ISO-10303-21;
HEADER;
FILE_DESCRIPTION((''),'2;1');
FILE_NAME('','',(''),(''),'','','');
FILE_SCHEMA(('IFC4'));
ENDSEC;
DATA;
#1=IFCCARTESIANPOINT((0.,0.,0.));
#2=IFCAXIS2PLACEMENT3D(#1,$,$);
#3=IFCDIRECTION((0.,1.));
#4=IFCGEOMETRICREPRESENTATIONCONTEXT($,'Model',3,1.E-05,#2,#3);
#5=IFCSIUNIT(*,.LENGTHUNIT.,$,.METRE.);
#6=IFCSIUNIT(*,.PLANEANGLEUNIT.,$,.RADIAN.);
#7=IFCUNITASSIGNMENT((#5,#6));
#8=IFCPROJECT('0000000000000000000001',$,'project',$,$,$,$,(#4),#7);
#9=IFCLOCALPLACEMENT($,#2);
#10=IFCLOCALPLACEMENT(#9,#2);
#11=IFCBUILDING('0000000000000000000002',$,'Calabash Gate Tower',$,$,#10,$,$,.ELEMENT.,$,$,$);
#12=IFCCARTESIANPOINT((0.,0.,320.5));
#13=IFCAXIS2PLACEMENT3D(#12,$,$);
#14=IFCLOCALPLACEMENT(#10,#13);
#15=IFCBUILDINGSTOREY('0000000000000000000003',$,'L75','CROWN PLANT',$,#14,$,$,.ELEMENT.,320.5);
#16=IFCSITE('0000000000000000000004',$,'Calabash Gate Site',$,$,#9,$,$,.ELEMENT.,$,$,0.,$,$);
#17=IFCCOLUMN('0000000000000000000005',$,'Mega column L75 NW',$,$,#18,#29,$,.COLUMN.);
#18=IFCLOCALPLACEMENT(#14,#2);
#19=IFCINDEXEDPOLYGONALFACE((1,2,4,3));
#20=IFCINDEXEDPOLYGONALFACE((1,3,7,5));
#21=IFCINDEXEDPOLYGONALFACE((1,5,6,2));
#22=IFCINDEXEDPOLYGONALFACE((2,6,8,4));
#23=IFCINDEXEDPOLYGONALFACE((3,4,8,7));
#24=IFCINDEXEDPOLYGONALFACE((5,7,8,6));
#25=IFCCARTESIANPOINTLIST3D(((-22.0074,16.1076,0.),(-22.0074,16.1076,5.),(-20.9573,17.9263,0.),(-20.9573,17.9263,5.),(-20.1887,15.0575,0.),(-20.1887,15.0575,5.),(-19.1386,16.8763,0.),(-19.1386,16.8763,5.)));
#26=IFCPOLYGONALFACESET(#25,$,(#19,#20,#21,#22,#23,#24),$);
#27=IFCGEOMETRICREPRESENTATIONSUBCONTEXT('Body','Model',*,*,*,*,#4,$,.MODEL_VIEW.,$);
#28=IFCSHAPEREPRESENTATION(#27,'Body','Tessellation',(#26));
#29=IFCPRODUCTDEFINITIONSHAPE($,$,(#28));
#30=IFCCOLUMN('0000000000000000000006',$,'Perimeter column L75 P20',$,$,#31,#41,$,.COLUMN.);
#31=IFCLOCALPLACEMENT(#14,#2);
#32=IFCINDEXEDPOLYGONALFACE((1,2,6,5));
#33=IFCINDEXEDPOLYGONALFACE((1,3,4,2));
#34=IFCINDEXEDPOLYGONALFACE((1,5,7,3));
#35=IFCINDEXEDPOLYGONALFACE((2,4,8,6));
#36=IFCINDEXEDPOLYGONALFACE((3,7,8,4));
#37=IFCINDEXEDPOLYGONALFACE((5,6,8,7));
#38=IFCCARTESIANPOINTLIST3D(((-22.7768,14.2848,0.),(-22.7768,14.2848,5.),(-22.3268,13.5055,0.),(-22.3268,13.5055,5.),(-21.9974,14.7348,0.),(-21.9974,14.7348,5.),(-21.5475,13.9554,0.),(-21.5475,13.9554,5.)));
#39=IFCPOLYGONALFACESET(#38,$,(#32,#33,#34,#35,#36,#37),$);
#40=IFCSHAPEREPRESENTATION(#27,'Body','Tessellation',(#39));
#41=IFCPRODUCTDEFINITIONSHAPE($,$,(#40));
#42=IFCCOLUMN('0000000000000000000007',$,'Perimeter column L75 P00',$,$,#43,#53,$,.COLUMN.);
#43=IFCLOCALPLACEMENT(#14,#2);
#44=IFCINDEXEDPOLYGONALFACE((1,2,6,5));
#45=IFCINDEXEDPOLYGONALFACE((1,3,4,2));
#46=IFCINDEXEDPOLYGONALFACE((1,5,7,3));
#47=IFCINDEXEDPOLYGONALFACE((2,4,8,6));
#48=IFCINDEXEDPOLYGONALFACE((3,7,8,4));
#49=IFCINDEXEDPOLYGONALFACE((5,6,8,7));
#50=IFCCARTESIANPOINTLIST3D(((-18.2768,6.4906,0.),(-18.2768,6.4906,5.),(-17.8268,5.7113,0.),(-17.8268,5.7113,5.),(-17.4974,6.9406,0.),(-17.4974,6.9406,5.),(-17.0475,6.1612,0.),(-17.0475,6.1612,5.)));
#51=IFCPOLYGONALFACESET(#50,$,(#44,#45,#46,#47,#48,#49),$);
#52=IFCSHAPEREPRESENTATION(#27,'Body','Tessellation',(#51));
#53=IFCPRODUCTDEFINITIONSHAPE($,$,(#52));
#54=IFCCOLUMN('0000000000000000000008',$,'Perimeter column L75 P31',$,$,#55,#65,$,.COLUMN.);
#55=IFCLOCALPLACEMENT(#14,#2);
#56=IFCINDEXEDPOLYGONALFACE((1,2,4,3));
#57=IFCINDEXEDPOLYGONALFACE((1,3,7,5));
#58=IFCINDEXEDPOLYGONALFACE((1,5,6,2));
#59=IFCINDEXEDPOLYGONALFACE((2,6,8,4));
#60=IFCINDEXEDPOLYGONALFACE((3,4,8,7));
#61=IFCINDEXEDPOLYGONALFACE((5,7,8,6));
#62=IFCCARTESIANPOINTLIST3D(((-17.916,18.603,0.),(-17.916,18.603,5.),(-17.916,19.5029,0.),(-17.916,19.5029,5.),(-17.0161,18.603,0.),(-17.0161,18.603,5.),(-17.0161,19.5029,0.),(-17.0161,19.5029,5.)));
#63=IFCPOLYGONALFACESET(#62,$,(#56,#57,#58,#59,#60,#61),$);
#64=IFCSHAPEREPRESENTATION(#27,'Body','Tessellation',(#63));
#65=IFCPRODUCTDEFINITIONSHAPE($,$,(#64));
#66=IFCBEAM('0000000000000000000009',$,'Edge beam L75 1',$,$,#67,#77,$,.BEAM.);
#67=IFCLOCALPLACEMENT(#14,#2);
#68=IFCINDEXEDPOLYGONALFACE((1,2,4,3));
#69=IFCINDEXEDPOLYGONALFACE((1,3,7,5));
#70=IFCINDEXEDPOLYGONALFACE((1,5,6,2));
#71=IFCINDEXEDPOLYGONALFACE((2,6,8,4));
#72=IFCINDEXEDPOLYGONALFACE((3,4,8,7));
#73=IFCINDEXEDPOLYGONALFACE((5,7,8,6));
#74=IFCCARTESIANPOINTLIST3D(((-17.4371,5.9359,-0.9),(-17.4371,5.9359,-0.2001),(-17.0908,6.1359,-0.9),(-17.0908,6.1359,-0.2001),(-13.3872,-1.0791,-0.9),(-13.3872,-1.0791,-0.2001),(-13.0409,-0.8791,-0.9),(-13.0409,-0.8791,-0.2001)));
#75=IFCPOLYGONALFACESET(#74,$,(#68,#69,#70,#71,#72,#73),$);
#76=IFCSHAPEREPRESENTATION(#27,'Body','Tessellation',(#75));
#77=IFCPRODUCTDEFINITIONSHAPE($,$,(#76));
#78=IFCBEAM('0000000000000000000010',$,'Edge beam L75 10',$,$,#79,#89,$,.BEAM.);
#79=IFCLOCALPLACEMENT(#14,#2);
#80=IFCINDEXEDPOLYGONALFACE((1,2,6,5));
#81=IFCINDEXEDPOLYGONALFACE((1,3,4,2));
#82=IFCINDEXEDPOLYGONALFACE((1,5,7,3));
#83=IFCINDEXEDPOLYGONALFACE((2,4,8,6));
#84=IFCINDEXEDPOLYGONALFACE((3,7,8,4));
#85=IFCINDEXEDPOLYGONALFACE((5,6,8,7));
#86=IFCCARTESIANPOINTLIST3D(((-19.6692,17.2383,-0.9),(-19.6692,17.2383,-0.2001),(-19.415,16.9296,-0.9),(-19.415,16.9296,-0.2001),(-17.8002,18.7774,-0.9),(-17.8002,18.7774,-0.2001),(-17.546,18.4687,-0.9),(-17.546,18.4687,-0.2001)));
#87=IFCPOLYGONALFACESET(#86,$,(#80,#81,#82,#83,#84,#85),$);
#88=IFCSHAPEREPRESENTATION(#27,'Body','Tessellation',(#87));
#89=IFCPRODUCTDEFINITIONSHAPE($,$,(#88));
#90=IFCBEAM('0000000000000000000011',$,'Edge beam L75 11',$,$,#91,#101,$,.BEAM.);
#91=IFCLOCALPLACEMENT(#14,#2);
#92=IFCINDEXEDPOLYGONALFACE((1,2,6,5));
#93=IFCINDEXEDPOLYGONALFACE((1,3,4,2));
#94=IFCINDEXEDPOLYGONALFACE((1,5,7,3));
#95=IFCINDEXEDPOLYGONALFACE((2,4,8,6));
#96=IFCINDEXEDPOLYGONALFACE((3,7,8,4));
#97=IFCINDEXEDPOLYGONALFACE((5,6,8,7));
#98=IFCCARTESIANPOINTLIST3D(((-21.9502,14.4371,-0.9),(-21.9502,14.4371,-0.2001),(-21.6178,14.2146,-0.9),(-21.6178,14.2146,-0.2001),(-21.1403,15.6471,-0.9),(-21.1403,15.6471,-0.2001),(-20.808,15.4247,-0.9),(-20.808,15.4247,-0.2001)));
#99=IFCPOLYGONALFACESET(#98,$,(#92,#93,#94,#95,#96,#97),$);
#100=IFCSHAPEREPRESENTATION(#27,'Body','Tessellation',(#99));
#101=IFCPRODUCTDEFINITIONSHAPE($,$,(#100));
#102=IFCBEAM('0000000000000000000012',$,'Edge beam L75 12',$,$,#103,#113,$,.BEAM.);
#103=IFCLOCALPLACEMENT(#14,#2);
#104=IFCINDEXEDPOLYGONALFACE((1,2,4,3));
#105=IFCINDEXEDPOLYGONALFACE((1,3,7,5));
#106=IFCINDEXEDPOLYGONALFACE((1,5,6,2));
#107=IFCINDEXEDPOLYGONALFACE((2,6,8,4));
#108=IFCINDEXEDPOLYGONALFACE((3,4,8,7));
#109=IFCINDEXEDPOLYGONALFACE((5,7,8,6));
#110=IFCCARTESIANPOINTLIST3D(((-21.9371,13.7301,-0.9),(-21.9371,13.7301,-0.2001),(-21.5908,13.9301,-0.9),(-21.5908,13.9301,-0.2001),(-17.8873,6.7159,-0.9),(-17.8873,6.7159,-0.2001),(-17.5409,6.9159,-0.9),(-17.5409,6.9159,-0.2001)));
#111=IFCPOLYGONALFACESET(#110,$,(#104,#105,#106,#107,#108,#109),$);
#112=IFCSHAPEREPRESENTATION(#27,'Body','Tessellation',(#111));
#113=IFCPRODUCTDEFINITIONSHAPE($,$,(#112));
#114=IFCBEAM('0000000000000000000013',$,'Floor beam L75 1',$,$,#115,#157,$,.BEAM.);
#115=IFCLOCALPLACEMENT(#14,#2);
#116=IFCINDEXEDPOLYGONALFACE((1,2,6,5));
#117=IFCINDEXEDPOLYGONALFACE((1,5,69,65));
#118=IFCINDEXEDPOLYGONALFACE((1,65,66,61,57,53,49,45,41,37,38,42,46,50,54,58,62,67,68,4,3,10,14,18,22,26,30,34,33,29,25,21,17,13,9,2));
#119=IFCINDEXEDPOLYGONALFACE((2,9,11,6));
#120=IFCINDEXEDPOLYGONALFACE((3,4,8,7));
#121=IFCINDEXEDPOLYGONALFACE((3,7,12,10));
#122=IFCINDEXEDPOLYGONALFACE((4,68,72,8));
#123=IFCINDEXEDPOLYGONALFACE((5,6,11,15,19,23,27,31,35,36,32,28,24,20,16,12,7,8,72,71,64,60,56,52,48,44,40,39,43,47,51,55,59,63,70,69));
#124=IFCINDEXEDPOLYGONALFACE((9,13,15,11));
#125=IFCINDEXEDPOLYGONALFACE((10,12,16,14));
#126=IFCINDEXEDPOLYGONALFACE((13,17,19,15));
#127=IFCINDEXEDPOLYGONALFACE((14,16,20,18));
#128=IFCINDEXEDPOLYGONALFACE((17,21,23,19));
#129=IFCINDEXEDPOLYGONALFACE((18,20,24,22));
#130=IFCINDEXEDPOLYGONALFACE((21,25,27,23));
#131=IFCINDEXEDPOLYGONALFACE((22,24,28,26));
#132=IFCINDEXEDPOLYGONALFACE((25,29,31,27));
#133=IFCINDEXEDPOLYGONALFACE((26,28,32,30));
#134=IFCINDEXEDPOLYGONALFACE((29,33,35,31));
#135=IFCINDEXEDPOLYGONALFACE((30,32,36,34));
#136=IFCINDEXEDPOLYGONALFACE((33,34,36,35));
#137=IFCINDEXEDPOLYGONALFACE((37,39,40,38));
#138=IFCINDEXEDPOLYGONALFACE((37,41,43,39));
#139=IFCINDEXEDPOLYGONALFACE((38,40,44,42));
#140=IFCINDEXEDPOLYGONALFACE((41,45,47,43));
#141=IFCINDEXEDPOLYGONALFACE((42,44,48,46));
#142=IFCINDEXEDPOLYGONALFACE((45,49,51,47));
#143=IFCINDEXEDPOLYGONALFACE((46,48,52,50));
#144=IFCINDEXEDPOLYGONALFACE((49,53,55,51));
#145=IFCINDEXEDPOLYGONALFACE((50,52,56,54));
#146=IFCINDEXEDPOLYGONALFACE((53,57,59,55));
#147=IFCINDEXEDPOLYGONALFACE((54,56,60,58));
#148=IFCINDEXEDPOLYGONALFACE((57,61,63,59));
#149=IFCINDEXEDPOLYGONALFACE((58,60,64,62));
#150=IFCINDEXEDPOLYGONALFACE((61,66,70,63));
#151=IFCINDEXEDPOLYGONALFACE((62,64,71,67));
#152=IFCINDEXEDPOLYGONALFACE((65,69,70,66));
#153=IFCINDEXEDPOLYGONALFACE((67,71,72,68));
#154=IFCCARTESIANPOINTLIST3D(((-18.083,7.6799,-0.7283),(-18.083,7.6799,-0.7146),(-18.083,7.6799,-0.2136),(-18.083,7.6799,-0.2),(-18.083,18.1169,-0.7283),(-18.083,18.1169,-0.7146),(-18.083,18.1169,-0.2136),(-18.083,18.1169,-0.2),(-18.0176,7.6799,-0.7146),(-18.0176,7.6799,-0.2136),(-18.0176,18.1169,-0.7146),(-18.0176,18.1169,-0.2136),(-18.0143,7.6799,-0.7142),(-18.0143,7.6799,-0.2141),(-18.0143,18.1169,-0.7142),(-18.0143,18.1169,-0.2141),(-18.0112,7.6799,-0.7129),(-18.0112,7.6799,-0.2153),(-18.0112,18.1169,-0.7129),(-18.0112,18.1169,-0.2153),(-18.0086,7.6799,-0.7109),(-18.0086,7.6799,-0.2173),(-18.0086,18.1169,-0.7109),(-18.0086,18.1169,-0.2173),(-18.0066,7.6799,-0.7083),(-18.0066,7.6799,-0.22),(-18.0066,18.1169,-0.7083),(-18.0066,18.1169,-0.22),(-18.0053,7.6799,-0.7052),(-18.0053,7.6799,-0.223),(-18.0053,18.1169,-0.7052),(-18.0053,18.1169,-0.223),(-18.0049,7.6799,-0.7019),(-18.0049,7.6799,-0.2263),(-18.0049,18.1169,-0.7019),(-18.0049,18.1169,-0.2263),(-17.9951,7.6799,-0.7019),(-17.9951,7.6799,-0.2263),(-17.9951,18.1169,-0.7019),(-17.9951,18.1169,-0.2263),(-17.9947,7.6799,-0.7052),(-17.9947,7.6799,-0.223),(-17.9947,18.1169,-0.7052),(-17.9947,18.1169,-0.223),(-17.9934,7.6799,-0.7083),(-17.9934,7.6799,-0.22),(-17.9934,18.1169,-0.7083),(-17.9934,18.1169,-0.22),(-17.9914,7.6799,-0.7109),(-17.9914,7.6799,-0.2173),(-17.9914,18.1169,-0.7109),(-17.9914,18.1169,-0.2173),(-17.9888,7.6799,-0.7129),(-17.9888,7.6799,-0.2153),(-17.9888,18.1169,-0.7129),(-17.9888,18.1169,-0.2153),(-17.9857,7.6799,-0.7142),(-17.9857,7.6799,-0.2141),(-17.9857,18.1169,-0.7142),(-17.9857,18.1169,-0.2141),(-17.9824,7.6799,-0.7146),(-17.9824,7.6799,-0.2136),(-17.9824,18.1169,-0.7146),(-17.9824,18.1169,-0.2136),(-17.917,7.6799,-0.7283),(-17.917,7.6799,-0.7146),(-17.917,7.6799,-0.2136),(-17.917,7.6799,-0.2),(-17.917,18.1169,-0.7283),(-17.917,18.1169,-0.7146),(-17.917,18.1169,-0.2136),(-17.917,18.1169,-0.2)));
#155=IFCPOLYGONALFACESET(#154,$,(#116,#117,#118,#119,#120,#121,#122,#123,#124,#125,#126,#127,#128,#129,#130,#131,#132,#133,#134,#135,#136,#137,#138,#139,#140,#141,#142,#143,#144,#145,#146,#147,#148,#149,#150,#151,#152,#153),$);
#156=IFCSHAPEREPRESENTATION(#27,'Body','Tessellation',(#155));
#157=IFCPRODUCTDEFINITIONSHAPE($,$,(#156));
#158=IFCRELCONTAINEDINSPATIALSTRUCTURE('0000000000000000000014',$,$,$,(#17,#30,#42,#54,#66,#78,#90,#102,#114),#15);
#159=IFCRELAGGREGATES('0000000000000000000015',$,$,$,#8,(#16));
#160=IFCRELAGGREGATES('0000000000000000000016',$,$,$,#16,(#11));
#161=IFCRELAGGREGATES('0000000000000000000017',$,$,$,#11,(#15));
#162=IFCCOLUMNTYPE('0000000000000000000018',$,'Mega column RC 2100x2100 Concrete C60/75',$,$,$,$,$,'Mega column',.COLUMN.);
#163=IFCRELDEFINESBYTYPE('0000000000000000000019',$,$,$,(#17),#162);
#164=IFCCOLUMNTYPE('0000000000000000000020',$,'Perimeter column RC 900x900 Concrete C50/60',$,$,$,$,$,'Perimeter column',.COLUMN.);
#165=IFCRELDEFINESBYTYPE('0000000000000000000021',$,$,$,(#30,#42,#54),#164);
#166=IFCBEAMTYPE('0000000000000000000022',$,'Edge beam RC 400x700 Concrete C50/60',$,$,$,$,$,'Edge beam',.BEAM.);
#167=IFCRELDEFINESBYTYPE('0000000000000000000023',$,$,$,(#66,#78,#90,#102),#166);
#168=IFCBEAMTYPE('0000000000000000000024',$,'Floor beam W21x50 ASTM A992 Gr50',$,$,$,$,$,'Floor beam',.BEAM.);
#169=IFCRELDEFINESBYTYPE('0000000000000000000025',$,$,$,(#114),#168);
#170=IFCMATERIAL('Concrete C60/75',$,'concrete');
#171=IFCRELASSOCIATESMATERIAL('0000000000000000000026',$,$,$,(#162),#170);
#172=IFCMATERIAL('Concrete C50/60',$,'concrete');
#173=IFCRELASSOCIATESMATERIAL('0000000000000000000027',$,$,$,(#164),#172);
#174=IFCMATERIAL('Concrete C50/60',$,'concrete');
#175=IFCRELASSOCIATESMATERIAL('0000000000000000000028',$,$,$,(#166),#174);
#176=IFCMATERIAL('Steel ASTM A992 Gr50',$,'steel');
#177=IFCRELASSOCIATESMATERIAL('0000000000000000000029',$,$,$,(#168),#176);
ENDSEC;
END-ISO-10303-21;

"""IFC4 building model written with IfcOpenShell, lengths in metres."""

from ifc_helpers import new_model, si_unit, direction, frame, origin, origin_2d, place, context, subcontext, project, spatial, rectangle, i_section, extrude, material, material_profile, profile_set, type_object, element, save


model = new_model("IFC4")

# Units and contexts
model_context = context("Model", 3, precision=1e-05, world=origin(), true_north=direction((0.0, 1.0)))
body_context = subcontext(model_context, "Body", "Model", "MODEL_VIEW")
ifc_project = project(units=[si_unit("LENGTHUNIT", "METRE"), si_unit("PLANEANGLEUNIT", "RADIAN")], contexts=[model_context])

# Site, building, storey
site_placement = place(None, origin())
site = spatial("IfcSite", under=ifc_project, at=site_placement, Name="Calabash Gate Site", CompositionType="ELEMENT", RefElevation=0.0)
building_placement = place(site_placement, origin())
building = spatial("IfcBuilding", under=site, at=building_placement, Name="Calabash Gate Tower", CompositionType="ELEMENT")
storey_placement = place(building_placement, frame((0.0, 0.0, 320.5)))
storey = spatial("IfcBuildingStorey", under=building, at=storey_placement, Name="L75", Description="CROWN PLANT", CompositionType="ELEMENT", Elevation=320.5)

# Columns
ifc_material_1 = material(Name="Concrete C60/75", Category="concrete")
ifc_material_profile_1 = material_profile(ifc_material_1, rectangle(XDim=2.1001, YDim=2.1001, at=origin_2d()))
ifc_profile_set_1 = profile_set([ifc_material_profile_1], Name="Concrete C60/75")
column_type_1 = type_object("IfcColumnType", Name="Mega column RC 2100x2100 Concrete C60/75", ElementType="Mega column", PredefinedType="COLUMN", material=ifc_profile_set_1)
column_placement = place(storey_placement, frame((-20.573, 16.4919, 0.0), z_axis=(0.0, 0.0, 1.0), x_axis=(0.866025, -0.5, 0.0)))
element("IfcColumn", 1, at=column_placement, inside=storey, type_object=column_type_1, Name="Mega column L75 NW", PredefinedType="COLUMN", context=body_context, shape_type="SweptSolid", body=[
    extrude(rectangle(XDim=2.1001, YDim=2.1001, at=origin_2d()), origin(), (0.0, 0.0, 1.0), 5.0),
])
ifc_material_2 = material(Name="Concrete C50/60", Category="concrete")
ifc_material_profile_2 = material_profile(ifc_material_2, rectangle(XDim=0.8999, YDim=0.8999, at=origin_2d()))
ifc_profile_set_2 = profile_set([ifc_material_profile_2], Name="Concrete C50/60")
column_type_2 = type_object("IfcColumnType", Name="Perimeter column RC 900x900 Concrete C50/60", ElementType="Perimeter column", PredefinedType="COLUMN", material=ifc_profile_set_2)
for number, where, z_axis, x_axis, name in (
    (2, (-22.1621, 14.1201, 0.0), (0.0, 0.0, 1.0), (0.5, -0.866025, 0.0), "Perimeter column L75 P20"),
    (3, (-17.6621, 6.3259, 0.0), (0.0, 0.0, 1.0), (0.5, -0.866025, 0.0), "Perimeter column L75 P00"),
    (4, (-17.4661, 19.053, 0.0), (0.0, 0.0, 1.0), (-1.0, 0.0, 0.0), "Perimeter column L75 P31"),
):
    element("IfcColumn", number, at=place(storey_placement, frame(where, z_axis=z_axis, x_axis=x_axis)), inside=storey, type_object=column_type_2, Name=name, PredefinedType="COLUMN", context=body_context, shape_type="SweptSolid", body=[
        extrude(rectangle(XDim=0.8999, YDim=0.8999, at=origin_2d()), origin(), (0.0, 0.0, 1.0), 5.0),
    ])

# Beams
ifc_material_3 = material(Name="Concrete C50/60", Category="concrete")
ifc_material_profile_3 = material_profile(ifc_material_3, rectangle(XDim=0.3999, YDim=0.7, at=origin_2d()))
ifc_profile_set_3 = profile_set([ifc_material_profile_3], Name="Concrete C50/60")
beam_type_1 = type_object("IfcBeamType", Name="Edge beam RC 400x700 Concrete C50/60", ElementType="Edge beam", PredefinedType="BEAM", material=ifc_profile_set_3)
beam_1_placement = place(storey_placement, frame((-17.2639, 6.0359, -0.55), z_axis=(0.499977, -0.866039, 0.0), x_axis=(0.866039, 0.499977, 0.0)))
element("IfcBeam", 5, at=beam_1_placement, inside=storey, type_object=beam_type_1, Name="Edge beam L75 1", PredefinedType="BEAM", context=body_context, shape_type="SweptSolid", body=[
    extrude(rectangle(XDim=0.3999, YDim=0.7, at=origin_2d()), origin(), (0.0, 0.0, 1.0), 8.1001),
])
beam_2_placement = place(storey_placement, frame((-17.6731, 18.623, -0.55), z_axis=(-0.771936, -0.6357, 0.0), x_axis=(0.6357, -0.771936, 0.0)))
element("IfcBeam", 6, at=beam_2_placement, inside=storey, type_object=beam_type_1, Name="Edge beam L75 10", PredefinedType="BEAM", context=body_context, shape_type="SweptSolid", body=[
    extrude(rectangle(XDim=0.3999, YDim=0.7, at=origin_2d()), origin(), (0.0, 0.0, 1.0), 2.4211),
])
beam_3_placement = place(storey_placement, frame((-20.9741, 15.5359, -0.55), z_axis=(-0.556208, -0.831043, 0.0), x_axis=(0.831043, -0.556208, 0.0)))
element("IfcBeam", 7, at=beam_3_placement, inside=storey, type_object=beam_type_1, Name="Edge beam L75 11", PredefinedType="BEAM", context=body_context, shape_type="SweptSolid", body=[
    extrude(rectangle(XDim=0.3999, YDim=0.7, at=origin_2d()), origin(), (0.0, 0.0, 1.0), 1.4561),
])
beam_4_placement = place(storey_placement, frame((-21.7639, 13.8301, -0.55), z_axis=(0.500016, -0.866016, 0.0), x_axis=(0.866016, 0.500016, 0.0)))
element("IfcBeam", 8, at=beam_4_placement, inside=storey, type_object=beam_type_1, Name="Edge beam L75 12", PredefinedType="BEAM", context=body_context, shape_type="SweptSolid", body=[
    extrude(rectangle(XDim=0.3999, YDim=0.7, at=origin_2d()), origin(), (0.0, 0.0, 1.0), 8.0994),
])
ifc_material_4 = material(Name="Steel ASTM A992 Gr50", Category="steel")
ifc_material_profile_4 = material_profile(ifc_material_4, i_section(OverallWidth=0.166, OverallDepth=0.5283, WebThickness=0.0098, FlangeThickness=0.0137, FilletRadius=0.0127, at=origin_2d()))
ifc_profile_set_4 = profile_set([ifc_material_profile_4], Name="Steel ASTM A992 Gr50")
beam_type_2 = type_object("IfcBeamType", Name="Floor beam W21x50 ASTM A992 Gr50", ElementType="Floor beam", PredefinedType="BEAM", material=ifc_profile_set_4)
beam_5_placement = place(storey_placement, frame((-18.0, 7.6799, -0.4641), z_axis=(0.0, 1.0, 0.0), x_axis=(-1.0, 0.0, 0.0)))
element("IfcBeam", 9, at=beam_5_placement, inside=storey, type_object=beam_type_2, Name="Floor beam L75 1", PredefinedType="BEAM", context=body_context, shape_type="SweptSolid", body=[
    extrude(i_section(OverallWidth=0.166, OverallDepth=0.5283, WebThickness=0.0098, FlangeThickness=0.0137, FilletRadius=0.0127, at=origin_2d()), origin(), (0.0, 0.0, 1.0), 10.437),
])

save(model, "model.ifc")
